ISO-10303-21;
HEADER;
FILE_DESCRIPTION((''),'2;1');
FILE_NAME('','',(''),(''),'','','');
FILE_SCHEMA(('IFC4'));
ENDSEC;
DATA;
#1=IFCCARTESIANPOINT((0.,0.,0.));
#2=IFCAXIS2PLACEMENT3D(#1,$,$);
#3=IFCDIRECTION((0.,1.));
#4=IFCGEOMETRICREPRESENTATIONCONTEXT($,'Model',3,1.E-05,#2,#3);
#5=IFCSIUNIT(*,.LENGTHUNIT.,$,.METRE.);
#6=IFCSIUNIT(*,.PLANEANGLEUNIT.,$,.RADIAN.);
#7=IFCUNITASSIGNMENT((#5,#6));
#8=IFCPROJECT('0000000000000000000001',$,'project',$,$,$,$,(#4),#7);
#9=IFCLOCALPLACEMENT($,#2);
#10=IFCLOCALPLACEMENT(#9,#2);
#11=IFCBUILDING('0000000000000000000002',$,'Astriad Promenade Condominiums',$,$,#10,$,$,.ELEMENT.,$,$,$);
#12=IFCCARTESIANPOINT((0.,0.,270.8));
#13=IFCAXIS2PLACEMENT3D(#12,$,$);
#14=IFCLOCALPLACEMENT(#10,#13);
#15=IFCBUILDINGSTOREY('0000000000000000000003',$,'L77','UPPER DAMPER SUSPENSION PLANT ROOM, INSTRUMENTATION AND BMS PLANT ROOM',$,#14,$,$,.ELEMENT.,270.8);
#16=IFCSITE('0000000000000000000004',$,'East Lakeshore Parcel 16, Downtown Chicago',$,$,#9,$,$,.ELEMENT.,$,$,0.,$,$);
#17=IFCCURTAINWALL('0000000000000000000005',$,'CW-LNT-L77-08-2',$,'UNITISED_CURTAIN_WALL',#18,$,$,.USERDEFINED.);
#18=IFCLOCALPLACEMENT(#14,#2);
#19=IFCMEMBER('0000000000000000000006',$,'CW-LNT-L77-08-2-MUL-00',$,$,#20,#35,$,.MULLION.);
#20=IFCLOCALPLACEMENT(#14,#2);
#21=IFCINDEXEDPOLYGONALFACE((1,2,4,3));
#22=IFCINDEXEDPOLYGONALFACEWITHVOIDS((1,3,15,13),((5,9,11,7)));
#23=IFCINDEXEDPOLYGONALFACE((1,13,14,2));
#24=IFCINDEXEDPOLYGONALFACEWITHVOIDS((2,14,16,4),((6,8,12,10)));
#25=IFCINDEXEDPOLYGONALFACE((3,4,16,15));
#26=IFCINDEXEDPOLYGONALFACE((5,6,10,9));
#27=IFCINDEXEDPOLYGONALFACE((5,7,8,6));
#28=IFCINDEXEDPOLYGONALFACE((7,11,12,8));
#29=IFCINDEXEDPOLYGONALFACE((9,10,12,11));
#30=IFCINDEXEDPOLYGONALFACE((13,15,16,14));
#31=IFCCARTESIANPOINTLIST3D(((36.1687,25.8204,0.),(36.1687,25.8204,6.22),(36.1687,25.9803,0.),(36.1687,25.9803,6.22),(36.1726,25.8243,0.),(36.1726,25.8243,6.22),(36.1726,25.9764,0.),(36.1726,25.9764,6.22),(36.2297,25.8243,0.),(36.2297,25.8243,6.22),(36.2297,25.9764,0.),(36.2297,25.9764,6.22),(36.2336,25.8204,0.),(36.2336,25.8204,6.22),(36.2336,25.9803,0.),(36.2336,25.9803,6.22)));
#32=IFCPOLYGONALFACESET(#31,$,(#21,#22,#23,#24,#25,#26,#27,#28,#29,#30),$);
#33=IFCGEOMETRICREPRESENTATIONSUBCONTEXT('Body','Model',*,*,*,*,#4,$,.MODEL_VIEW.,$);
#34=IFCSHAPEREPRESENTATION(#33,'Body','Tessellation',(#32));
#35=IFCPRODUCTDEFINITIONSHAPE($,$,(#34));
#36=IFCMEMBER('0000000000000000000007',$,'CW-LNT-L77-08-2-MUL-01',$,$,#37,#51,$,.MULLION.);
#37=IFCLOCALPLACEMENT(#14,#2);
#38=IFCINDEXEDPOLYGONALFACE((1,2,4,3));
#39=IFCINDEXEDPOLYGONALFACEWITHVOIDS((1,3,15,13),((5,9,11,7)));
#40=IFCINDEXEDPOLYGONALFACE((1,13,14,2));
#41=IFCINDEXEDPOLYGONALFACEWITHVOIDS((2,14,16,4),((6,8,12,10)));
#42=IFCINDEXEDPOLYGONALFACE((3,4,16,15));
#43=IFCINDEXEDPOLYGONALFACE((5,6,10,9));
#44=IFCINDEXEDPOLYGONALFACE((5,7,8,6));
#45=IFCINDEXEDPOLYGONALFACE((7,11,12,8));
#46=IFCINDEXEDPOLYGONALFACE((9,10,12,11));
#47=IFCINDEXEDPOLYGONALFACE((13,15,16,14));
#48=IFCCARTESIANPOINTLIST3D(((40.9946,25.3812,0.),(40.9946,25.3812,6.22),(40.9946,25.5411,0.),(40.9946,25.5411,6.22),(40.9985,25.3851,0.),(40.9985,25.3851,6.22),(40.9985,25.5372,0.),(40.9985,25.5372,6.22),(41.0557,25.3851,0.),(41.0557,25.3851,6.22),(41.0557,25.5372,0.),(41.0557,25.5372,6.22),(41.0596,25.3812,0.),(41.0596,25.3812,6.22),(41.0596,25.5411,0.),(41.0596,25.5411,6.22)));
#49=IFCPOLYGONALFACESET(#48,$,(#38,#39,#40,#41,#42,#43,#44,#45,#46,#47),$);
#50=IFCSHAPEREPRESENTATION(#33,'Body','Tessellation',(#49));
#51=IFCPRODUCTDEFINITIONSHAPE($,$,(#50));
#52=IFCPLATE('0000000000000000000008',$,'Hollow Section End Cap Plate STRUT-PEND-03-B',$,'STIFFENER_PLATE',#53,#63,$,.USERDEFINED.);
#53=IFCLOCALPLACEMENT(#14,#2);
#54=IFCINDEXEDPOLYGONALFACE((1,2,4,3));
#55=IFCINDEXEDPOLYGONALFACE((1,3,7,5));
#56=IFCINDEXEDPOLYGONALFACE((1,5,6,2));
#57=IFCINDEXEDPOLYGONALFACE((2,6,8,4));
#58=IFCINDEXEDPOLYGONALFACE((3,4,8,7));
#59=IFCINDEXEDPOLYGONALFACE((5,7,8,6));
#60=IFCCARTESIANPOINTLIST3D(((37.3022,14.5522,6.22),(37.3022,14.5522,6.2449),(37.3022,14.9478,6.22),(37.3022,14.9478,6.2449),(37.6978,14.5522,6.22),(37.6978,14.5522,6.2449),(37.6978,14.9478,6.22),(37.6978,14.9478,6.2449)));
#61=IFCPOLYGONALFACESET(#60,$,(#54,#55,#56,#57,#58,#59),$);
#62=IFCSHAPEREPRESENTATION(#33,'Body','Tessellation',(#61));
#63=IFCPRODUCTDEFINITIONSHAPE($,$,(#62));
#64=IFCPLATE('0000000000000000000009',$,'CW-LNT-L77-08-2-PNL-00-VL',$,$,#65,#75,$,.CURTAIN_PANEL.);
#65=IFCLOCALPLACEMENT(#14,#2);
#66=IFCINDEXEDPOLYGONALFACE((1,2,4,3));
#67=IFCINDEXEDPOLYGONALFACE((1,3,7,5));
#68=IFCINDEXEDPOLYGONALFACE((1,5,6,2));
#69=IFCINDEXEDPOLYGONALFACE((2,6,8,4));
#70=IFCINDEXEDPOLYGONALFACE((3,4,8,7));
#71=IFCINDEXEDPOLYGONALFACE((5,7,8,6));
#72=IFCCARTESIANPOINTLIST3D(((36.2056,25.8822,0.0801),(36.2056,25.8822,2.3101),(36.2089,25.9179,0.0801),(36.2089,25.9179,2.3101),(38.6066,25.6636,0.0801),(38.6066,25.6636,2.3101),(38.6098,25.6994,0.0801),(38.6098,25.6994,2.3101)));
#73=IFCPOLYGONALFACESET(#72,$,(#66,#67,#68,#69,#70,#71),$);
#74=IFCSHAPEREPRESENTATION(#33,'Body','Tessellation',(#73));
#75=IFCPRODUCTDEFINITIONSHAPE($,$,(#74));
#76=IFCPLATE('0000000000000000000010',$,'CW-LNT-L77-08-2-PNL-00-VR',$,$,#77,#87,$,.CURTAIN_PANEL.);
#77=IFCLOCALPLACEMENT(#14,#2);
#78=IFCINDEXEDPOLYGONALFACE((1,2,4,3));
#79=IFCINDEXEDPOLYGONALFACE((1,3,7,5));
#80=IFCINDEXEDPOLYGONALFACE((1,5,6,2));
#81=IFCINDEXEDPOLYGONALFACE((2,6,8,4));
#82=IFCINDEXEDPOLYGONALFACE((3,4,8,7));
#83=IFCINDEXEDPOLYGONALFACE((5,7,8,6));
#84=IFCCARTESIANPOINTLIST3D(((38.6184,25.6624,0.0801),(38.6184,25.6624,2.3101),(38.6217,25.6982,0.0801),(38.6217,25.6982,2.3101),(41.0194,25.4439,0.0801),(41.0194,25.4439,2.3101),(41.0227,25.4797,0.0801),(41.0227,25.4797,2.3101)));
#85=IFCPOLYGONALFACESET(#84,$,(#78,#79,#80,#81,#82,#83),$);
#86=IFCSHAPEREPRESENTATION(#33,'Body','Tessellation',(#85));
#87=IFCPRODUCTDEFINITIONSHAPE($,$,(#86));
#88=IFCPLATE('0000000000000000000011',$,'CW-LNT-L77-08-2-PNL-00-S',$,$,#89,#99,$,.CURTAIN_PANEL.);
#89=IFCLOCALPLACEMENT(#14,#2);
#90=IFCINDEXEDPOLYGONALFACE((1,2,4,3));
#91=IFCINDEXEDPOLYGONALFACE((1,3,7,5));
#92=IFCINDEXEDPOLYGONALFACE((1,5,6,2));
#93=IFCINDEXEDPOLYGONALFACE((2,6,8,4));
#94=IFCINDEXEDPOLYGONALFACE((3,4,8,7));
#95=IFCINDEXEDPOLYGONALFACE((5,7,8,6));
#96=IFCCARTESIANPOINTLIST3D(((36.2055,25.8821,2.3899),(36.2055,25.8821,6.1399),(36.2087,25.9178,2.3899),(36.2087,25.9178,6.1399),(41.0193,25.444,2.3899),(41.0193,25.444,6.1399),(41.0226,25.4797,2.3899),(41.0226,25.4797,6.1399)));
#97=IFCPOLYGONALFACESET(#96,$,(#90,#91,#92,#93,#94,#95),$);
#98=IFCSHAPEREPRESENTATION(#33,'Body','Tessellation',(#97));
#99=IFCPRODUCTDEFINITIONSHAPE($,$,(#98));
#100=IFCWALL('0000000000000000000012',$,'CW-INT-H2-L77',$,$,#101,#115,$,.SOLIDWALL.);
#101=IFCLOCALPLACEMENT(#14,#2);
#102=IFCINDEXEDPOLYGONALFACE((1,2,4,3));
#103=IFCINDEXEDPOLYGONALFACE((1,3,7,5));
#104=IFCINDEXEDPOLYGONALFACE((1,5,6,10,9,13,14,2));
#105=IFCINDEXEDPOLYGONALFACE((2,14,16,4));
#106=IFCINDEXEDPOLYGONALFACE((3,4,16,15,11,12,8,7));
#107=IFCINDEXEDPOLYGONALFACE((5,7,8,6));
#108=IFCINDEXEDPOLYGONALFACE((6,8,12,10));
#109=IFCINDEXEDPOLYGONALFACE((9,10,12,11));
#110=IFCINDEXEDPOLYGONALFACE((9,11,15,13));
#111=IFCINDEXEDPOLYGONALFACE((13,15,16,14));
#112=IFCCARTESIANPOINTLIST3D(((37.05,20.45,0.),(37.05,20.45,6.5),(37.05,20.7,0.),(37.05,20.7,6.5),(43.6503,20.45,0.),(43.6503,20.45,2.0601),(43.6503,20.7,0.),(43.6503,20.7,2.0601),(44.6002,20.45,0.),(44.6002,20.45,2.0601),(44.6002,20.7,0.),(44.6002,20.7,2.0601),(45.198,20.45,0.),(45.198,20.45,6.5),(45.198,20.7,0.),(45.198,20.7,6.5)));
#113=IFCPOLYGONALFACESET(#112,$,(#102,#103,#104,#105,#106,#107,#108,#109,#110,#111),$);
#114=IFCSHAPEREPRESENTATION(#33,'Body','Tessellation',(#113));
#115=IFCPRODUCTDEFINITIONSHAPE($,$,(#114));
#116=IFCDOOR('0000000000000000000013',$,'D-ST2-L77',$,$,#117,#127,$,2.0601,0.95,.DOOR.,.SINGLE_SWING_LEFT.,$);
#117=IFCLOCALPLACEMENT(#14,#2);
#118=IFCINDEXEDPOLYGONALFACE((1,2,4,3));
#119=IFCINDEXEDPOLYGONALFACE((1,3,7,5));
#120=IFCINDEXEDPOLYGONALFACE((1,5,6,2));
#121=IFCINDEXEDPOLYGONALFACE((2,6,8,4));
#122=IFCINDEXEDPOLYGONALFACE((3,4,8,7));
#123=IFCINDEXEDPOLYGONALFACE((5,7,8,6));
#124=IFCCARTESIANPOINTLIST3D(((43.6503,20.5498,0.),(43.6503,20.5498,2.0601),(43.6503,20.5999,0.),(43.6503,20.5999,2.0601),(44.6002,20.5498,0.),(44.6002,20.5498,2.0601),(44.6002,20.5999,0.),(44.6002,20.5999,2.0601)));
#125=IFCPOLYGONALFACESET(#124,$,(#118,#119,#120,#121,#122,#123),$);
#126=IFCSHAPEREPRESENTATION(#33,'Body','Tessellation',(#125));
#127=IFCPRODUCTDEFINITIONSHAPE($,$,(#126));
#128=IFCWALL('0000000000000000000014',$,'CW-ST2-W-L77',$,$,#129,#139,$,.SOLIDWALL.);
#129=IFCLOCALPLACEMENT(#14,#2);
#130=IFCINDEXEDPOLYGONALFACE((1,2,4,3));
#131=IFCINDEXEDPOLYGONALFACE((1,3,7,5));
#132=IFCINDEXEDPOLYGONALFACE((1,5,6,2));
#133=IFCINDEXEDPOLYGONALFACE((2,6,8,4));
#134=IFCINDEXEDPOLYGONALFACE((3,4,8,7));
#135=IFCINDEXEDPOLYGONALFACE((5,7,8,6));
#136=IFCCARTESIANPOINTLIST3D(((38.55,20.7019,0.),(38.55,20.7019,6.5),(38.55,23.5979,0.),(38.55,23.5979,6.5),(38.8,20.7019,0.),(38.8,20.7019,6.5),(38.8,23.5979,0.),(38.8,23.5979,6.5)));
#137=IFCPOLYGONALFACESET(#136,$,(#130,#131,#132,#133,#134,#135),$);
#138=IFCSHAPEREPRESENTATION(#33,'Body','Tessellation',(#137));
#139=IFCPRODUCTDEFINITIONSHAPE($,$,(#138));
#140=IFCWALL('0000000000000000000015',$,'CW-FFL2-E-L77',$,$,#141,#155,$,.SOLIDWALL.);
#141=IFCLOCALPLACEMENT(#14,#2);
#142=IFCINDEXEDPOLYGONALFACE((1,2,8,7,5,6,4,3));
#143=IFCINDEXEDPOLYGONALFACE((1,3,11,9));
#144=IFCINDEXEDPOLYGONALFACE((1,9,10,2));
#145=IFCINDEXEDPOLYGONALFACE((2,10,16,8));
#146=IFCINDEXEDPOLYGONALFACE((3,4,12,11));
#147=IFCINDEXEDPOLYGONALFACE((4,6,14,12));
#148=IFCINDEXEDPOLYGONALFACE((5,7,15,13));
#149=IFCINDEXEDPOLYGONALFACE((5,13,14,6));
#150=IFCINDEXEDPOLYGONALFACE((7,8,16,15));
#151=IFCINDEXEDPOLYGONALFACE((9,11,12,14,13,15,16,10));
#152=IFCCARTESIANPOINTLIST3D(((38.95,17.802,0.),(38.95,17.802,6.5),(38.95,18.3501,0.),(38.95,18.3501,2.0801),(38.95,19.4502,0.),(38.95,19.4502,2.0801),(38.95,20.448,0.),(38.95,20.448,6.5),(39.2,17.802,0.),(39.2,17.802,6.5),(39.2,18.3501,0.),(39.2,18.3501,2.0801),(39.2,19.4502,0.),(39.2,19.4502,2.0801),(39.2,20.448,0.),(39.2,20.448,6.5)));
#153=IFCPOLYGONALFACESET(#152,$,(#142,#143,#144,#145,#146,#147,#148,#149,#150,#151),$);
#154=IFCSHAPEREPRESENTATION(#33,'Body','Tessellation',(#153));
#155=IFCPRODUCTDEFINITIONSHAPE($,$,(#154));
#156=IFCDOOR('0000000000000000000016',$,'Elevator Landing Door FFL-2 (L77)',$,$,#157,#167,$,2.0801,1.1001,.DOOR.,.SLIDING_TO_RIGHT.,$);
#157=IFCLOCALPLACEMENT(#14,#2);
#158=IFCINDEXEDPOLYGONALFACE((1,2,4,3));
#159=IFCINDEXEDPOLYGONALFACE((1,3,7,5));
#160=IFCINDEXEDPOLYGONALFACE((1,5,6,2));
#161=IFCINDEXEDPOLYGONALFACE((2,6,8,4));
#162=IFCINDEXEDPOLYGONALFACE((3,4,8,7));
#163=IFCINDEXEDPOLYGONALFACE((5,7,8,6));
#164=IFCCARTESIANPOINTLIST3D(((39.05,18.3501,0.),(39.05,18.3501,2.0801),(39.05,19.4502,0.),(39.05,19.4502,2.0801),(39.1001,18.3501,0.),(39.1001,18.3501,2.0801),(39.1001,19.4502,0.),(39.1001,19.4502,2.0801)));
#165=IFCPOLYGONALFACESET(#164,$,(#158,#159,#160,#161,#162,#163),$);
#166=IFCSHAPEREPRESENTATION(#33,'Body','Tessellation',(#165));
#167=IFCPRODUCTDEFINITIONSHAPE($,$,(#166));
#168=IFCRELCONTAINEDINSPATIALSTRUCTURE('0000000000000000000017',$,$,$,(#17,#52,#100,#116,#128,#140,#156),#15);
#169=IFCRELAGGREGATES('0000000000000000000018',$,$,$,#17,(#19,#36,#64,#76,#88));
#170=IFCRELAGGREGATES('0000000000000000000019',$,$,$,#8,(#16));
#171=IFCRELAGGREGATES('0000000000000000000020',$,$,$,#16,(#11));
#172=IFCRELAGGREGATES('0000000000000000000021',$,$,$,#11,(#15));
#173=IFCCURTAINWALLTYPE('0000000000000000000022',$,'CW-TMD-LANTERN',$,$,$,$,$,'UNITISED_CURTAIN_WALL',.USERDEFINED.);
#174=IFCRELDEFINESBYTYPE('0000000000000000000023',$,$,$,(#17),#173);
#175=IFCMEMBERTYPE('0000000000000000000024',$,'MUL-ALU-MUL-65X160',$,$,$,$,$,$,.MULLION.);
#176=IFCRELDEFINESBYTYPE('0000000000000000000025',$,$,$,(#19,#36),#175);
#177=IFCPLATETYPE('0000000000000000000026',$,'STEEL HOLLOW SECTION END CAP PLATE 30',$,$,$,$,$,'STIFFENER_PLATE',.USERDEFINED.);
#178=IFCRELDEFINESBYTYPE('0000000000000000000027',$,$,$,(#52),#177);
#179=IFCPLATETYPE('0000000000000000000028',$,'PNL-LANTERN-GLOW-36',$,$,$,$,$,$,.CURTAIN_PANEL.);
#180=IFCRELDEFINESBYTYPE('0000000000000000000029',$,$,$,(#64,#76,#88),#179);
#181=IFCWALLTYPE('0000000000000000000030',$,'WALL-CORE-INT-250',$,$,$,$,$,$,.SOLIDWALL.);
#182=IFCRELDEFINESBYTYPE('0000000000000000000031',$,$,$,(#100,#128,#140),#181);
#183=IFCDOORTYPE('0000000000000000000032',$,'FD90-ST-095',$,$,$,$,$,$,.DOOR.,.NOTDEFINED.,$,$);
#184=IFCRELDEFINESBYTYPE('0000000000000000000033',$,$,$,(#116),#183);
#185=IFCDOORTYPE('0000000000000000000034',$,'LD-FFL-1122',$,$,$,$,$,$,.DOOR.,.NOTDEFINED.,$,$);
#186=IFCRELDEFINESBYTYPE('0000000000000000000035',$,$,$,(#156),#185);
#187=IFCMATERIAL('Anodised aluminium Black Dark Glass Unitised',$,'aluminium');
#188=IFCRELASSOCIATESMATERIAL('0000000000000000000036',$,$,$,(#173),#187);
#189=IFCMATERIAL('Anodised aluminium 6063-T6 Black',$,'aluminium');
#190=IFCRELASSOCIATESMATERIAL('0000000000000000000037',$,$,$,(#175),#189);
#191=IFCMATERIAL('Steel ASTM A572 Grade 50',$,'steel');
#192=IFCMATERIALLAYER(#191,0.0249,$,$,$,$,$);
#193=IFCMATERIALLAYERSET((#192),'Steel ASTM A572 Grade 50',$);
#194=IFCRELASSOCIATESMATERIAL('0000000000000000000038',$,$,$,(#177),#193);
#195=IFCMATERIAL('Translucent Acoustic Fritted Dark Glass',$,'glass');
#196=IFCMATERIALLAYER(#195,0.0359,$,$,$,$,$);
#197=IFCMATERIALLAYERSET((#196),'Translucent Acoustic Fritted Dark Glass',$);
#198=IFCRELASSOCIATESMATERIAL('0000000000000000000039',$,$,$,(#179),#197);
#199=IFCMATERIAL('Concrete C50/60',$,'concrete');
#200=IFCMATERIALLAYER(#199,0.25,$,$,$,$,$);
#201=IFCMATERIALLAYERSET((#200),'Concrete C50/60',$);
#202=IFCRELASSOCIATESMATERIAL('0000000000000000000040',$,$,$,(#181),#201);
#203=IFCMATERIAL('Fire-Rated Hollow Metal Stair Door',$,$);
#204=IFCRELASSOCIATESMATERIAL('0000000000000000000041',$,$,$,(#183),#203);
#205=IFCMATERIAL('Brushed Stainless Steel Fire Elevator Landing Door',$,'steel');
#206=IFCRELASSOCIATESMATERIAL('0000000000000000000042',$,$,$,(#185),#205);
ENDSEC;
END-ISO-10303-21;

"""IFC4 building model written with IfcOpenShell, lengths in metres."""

from ifc_helpers import new_model, si_unit, direction, frame, frame_2d, origin, origin_2d, place, context, subcontext, project, spatial, rectangle, hollow_rectangle, extrude, source, transform, mapped, material, layer, layer_set, material_profile, profile_set, type_object, type_shapes, element, fill, aggregate, save


model = new_model("IFC4")

# Units and contexts
model_context = context("Model", 3, precision=1e-05, world=origin(), true_north=direction((0.0, 1.0)))
body_context = subcontext(model_context, "Body", "Model", "MODEL_VIEW")
ifc_project = project(units=[si_unit("LENGTHUNIT", "METRE"), si_unit("PLANEANGLEUNIT", "RADIAN")], contexts=[model_context])

# Site, building, storey
site_placement = place(None, origin())
site = spatial("IfcSite", under=ifc_project, at=site_placement, Name="East Lakeshore Parcel 16, Downtown Chicago", CompositionType="ELEMENT", RefElevation=0.0)
building_placement = place(site_placement, origin())
building = spatial("IfcBuilding", under=site, at=building_placement, Name="Astriad Promenade Condominiums", CompositionType="ELEMENT")
storey_placement = place(building_placement, frame((0.0, 0.0, 270.8)))
storey = spatial("IfcBuildingStorey", under=building, at=storey_placement, Name="L77", Description="UPPER DAMPER SUSPENSION PLANT ROOM, INSTRUMENTATION AND BMS PLANT ROOM", CompositionType="ELEMENT", Elevation=270.8)

# Curtain wall
ifc_material_1 = material(Name="Anodised aluminium Black Dark Glass Unitised", Category="aluminium")
curtain_wall_type = type_object("IfcCurtainWallType", Name="CW-TMD-LANTERN", ElementType="UNITISED_CURTAIN_WALL", PredefinedType="USERDEFINED", material=ifc_material_1)
curtain_wall_1_placement = place(storey_placement, origin())
curtain_wall_1 = element("IfcCurtainWall", 1, at=curtain_wall_1_placement, inside=storey, type_object=curtain_wall_type, Name="CW-LNT-L77-08-2", ObjectType="UNITISED_CURTAIN_WALL", PredefinedType="USERDEFINED")
ifc_material_2 = material(Name="Anodised aluminium 6063-T6 Black", Category="aluminium")
ifc_material_profile_1 = material_profile(ifc_material_2, hollow_rectangle(XDim=0.0649, YDim=0.1599, WallThickness=0.0039, at=origin_2d()), Name="ALU-MUL-65X160")
ifc_profile_set_1 = profile_set([ifc_material_profile_1], Name="Anodised aluminium 6063-T6 Black")
member_type_1 = type_object("IfcMemberType", Name="MUL-ALU-MUL-65X160", PredefinedType="MULLION", material=ifc_profile_set_1)
shared_shape_1 = source(origin(), body_context, "Body", "SweptSolid", [
    extrude(hollow_rectangle(XDim=0.0649, YDim=0.1599, WallThickness=0.0039, at=origin_2d()), origin(), (0.0, 0.0, 1.0), 6.22),
])
type_shapes(member_type_1, [shared_shape_1])

# Members
member_1_placement = place(storey_placement, frame((36.2012, 25.9004, 0.0), z_axis=(0.0, 0.0, 1.0), x_axis=(1.0, 0.0, 0.0)))
member_1 = element("IfcMember", 2, at=member_1_placement, type_object=member_type_1, Name="CW-LNT-L77-08-2-MUL-00", PredefinedType="MULLION", context=body_context, shape_type="MappedRepresentation", body=[
    mapped(shared_shape_1, transform((0.0, 0.0, 0.0), scale=1.0)),
])
member_2_placement = place(storey_placement, frame((41.0271, 25.4612, 0.0), z_axis=(0.0, 0.0, 1.0), x_axis=(1.0, 0.0, 0.0)))
member_2 = element("IfcMember", 3, at=member_2_placement, type_object=member_type_1, Name="CW-LNT-L77-08-2-MUL-01", PredefinedType="MULLION", context=body_context, shape_type="MappedRepresentation", body=[
    mapped(shared_shape_1, transform((0.0, 0.0, 0.0), scale=1.0)),
])

# Plates
ifc_material_3 = material(Name="Steel ASTM A572 Grade 50", Category="steel")
ifc_layer_1 = layer(ifc_material_3, 0.0249)
ifc_layer_set_1 = layer_set([ifc_layer_1], Name="Steel ASTM A572 Grade 50")
plate_type_1 = type_object("IfcPlateType", Name="STEEL HOLLOW SECTION END CAP PLATE 30", ElementType="STIFFENER_PLATE", PredefinedType="USERDEFINED", material=ifc_layer_set_1)
shared_shape_2 = source(origin(), body_context, "Body", "SweptSolid", [
    extrude(rectangle(XDim=0.3955, YDim=0.3955, at=origin_2d()), origin(), (0.0, 0.0, 1.0), 0.0249),
])
type_shapes(plate_type_1, [shared_shape_2])
plate_1_placement = place(storey_placement, frame((37.5, 14.75, 6.22), z_axis=(0.0, 0.0, 1.0), x_axis=(1.0, 0.0, 0.0)))
element("IfcPlate", 4, at=plate_1_placement, inside=storey, type_object=plate_type_1, Name="Hollow Section End Cap Plate STRUT-PEND-03-B", ObjectType="STIFFENER_PLATE", PredefinedType="USERDEFINED", context=body_context, shape_type="MappedRepresentation", body=[
    mapped(shared_shape_2, transform((0.0, 0.0, 0.0), scale=1.0)),
])
ifc_material_4 = material(Name="Translucent Acoustic Fritted Dark Glass", Category="glass")
ifc_layer_2 = layer(ifc_material_4, 0.0359)
ifc_layer_set_2 = layer_set([ifc_layer_2], Name="Translucent Acoustic Fritted Dark Glass")
plate_type_2 = type_object("IfcPlateType", Name="PNL-LANTERN-GLOW-36", PredefinedType="CURTAIN_PANEL", material=ifc_layer_set_2)
shared_shape_3 = source(origin(), body_context, "Body", "SweptSolid", [
    extrude(rectangle(XDim=2.4109, YDim=0.0359, at=origin_2d()), origin(), (0.0, 0.0, 1.0), 2.23),
])
plate_2_placement = place(storey_placement, frame((37.4077, 25.7908, 0.0801), z_axis=(0.0, 0.0, 1.0), x_axis=(0.995884, -0.090633, 0.0)))
plate_2 = element("IfcPlate", 5, at=plate_2_placement, type_object=plate_type_2, Name="CW-LNT-L77-08-2-PNL-00-VL", PredefinedType="CURTAIN_PANEL", context=body_context, shape_type="MappedRepresentation", body=[
    mapped(shared_shape_3, transform((0.0, 0.0, 0.0), scale=1.0)),
])
plate_3_placement = place(storey_placement, frame((39.8206, 25.571, 0.0801), z_axis=(0.0, 0.0, 1.0), x_axis=(0.995884, -0.090633, 0.0)))
plate_3 = element("IfcPlate", 6, at=plate_3_placement, type_object=plate_type_2, Name="CW-LNT-L77-08-2-PNL-00-VR", PredefinedType="CURTAIN_PANEL", context=body_context, shape_type="MappedRepresentation", body=[
    mapped(shared_shape_3, transform((0.0, 0.0, 0.0), scale=1.0)),
])
shared_shape_4 = source(origin(), body_context, "Body", "SweptSolid", [
    extrude(rectangle(XDim=4.8337, YDim=0.0359, at=origin_2d()), origin(), (0.0, 0.0, 1.0), 3.75),
])
type_shapes(plate_type_2, [shared_shape_3, shared_shape_4])
plate_4_placement = place(storey_placement, frame((38.614, 25.6809, 2.3899), z_axis=(0.0, 0.0, 1.0), x_axis=(0.995884, -0.090633, 0.0)))
plate_4 = element("IfcPlate", 7, at=plate_4_placement, type_object=plate_type_2, Name="CW-LNT-L77-08-2-PNL-00-S", PredefinedType="CURTAIN_PANEL", context=body_context, shape_type="MappedRepresentation", body=[
    mapped(shared_shape_4, transform((0.0, 0.0, 0.0), scale=1.0)),
])
aggregate(curtain_wall_1, [member_1, member_2, plate_2, plate_3, plate_4])

# Wall, opening, door
ifc_material_5 = material(Name="Concrete C50/60", Category="concrete")
ifc_layer_3 = layer(ifc_material_5, 0.25)
ifc_layer_set_3 = layer_set([ifc_layer_3], Name="Concrete C50/60")
wall_type_1 = type_object("IfcWallType", Name="WALL-CORE-INT-250", PredefinedType="SOLIDWALL", material=ifc_layer_set_3)
wall_1_placement = place(storey_placement, frame((37.05, 20.575, 0.0), z_axis=(0.0, 0.0, 1.0), x_axis=(1.0, 0.0, 0.0)))
wall_1 = element("IfcWall", 8, at=wall_1_placement, inside=storey, type_object=wall_type_1, Name="CW-INT-H2-L77", PredefinedType="SOLIDWALL", context=body_context, shape_type="SweptSolid", body=[
    extrude(rectangle(XDim=8.1479, YDim=0.25, at=frame_2d((4.074, 0.0))), origin(), (0.0, 0.0, 1.0), 6.5),
])
opening_1_placement = place(wall_1_placement, frame((6.6001, 0.0, 0.0)))
opening_1 = element("IfcOpeningElement", 9, at=opening_1_placement, cuts=wall_1, PredefinedType="OPENING", context=body_context, shape_type="SweptSolid", body=[
    extrude(rectangle(XDim=0.95, YDim=2.0601, at=frame_2d((0.4751, 1.03))), frame((0.0, 0.135, 0.0), z_axis=(0.0, -1.0, 0.0), x_axis=(1.0, 0.0, 0.0)), (0.0, 0.0, 1.0), 0.27),
])
ifc_material_6 = material(Name="Fire-Rated Hollow Metal Stair Door")
door_type_1 = type_object("IfcDoorType", Name="FD90-ST-095", OperationType="NOTDEFINED", PredefinedType="DOOR", material=ifc_material_6)
shared_shape_5 = source(origin(), body_context, "Body", "SweptSolid", [
    extrude(rectangle(XDim=0.95, YDim=2.0601, at=frame_2d((0.4751, 1.03))), frame((0.0, 0.0249, 0.0), z_axis=(0.0, -1.0, 0.0), x_axis=(1.0, 0.0, 0.0)), (0.0, 0.0, 1.0), 0.05),
])
type_shapes(door_type_1, [shared_shape_5])
door_1_placement = place(opening_1_placement, origin())
door_1 = element("IfcDoor", 10, at=door_1_placement, inside=storey, type_object=door_type_1, Name="D-ST2-L77", OperationType="SINGLE_SWING_LEFT", OverallHeight=2.0601, OverallWidth=0.95, PredefinedType="DOOR", context=body_context, shape_type="MappedRepresentation", body=[
    mapped(shared_shape_5, transform((0.0, 0.0, 0.0), scale=1.0)),
])
fill(opening_1, door_1)

# Wall
wall_2_placement = place(storey_placement, frame((38.675, 20.7019, 0.0), z_axis=(0.0, 0.0, 1.0), x_axis=(0.0, 1.0, 0.0)))
element("IfcWall", 11, at=wall_2_placement, inside=storey, type_object=wall_type_1, Name="CW-ST2-W-L77", PredefinedType="SOLIDWALL", context=body_context, shape_type="SweptSolid", body=[
    extrude(rectangle(XDim=2.896, YDim=0.25, at=frame_2d((1.448, 0.0))), origin(), (0.0, 0.0, 1.0), 6.5),
])

# Wall, opening, door
wall_3_placement = place(storey_placement, frame((39.075, 17.802, 0.0), z_axis=(0.0, 0.0, 1.0), x_axis=(0.0, 1.0, 0.0)))
wall_3 = element("IfcWall", 12, at=wall_3_placement, inside=storey, type_object=wall_type_1, Name="CW-FFL2-E-L77", PredefinedType="SOLIDWALL", context=body_context, shape_type="SweptSolid", body=[
    extrude(rectangle(XDim=2.646, YDim=0.25, at=frame_2d((1.323, 0.0))), origin(), (0.0, 0.0, 1.0), 6.5),
])
opening_2_placement = place(wall_3_placement, frame((0.5481, 0.0, 0.0)))
opening_2 = element("IfcOpeningElement", 13, at=opening_2_placement, cuts=wall_3, PredefinedType="OPENING", context=body_context, shape_type="SweptSolid", body=[
    extrude(rectangle(XDim=1.1001, YDim=2.0801, at=frame_2d((0.55, 1.04))), frame((0.0, 0.135, 0.0), z_axis=(0.0, -1.0, 0.0), x_axis=(1.0, 0.0, 0.0)), (0.0, 0.0, 1.0), 0.27),
])
ifc_material_7 = material(Name="Brushed Stainless Steel Fire Elevator Landing Door", Category="steel")
door_type_2 = type_object("IfcDoorType", Name="LD-FFL-1122", OperationType="NOTDEFINED", PredefinedType="DOOR", material=ifc_material_7)
shared_shape_6 = source(origin(), body_context, "Body", "SweptSolid", [
    extrude(rectangle(XDim=1.1001, YDim=2.0801, at=frame_2d((0.55, 1.04))), frame((0.0, 0.0249, 0.0), z_axis=(0.0, -1.0, 0.0), x_axis=(1.0, 0.0, 0.0)), (0.0, 0.0, 1.0), 0.05),
])
type_shapes(door_type_2, [shared_shape_6])
door_2_placement = place(opening_2_placement, origin())
door_2 = element("IfcDoor", 14, at=door_2_placement, inside=storey, type_object=door_type_2, Name="Elevator Landing Door FFL-2 (L77)", OperationType="SLIDING_TO_RIGHT", OverallHeight=2.0801, OverallWidth=1.1001, PredefinedType="DOOR", context=body_context, shape_type="MappedRepresentation", body=[
    mapped(shared_shape_6, transform((0.0, 0.0, 0.0), scale=1.0)),
])
fill(opening_2, door_2)

save(model, "model.ifc")
